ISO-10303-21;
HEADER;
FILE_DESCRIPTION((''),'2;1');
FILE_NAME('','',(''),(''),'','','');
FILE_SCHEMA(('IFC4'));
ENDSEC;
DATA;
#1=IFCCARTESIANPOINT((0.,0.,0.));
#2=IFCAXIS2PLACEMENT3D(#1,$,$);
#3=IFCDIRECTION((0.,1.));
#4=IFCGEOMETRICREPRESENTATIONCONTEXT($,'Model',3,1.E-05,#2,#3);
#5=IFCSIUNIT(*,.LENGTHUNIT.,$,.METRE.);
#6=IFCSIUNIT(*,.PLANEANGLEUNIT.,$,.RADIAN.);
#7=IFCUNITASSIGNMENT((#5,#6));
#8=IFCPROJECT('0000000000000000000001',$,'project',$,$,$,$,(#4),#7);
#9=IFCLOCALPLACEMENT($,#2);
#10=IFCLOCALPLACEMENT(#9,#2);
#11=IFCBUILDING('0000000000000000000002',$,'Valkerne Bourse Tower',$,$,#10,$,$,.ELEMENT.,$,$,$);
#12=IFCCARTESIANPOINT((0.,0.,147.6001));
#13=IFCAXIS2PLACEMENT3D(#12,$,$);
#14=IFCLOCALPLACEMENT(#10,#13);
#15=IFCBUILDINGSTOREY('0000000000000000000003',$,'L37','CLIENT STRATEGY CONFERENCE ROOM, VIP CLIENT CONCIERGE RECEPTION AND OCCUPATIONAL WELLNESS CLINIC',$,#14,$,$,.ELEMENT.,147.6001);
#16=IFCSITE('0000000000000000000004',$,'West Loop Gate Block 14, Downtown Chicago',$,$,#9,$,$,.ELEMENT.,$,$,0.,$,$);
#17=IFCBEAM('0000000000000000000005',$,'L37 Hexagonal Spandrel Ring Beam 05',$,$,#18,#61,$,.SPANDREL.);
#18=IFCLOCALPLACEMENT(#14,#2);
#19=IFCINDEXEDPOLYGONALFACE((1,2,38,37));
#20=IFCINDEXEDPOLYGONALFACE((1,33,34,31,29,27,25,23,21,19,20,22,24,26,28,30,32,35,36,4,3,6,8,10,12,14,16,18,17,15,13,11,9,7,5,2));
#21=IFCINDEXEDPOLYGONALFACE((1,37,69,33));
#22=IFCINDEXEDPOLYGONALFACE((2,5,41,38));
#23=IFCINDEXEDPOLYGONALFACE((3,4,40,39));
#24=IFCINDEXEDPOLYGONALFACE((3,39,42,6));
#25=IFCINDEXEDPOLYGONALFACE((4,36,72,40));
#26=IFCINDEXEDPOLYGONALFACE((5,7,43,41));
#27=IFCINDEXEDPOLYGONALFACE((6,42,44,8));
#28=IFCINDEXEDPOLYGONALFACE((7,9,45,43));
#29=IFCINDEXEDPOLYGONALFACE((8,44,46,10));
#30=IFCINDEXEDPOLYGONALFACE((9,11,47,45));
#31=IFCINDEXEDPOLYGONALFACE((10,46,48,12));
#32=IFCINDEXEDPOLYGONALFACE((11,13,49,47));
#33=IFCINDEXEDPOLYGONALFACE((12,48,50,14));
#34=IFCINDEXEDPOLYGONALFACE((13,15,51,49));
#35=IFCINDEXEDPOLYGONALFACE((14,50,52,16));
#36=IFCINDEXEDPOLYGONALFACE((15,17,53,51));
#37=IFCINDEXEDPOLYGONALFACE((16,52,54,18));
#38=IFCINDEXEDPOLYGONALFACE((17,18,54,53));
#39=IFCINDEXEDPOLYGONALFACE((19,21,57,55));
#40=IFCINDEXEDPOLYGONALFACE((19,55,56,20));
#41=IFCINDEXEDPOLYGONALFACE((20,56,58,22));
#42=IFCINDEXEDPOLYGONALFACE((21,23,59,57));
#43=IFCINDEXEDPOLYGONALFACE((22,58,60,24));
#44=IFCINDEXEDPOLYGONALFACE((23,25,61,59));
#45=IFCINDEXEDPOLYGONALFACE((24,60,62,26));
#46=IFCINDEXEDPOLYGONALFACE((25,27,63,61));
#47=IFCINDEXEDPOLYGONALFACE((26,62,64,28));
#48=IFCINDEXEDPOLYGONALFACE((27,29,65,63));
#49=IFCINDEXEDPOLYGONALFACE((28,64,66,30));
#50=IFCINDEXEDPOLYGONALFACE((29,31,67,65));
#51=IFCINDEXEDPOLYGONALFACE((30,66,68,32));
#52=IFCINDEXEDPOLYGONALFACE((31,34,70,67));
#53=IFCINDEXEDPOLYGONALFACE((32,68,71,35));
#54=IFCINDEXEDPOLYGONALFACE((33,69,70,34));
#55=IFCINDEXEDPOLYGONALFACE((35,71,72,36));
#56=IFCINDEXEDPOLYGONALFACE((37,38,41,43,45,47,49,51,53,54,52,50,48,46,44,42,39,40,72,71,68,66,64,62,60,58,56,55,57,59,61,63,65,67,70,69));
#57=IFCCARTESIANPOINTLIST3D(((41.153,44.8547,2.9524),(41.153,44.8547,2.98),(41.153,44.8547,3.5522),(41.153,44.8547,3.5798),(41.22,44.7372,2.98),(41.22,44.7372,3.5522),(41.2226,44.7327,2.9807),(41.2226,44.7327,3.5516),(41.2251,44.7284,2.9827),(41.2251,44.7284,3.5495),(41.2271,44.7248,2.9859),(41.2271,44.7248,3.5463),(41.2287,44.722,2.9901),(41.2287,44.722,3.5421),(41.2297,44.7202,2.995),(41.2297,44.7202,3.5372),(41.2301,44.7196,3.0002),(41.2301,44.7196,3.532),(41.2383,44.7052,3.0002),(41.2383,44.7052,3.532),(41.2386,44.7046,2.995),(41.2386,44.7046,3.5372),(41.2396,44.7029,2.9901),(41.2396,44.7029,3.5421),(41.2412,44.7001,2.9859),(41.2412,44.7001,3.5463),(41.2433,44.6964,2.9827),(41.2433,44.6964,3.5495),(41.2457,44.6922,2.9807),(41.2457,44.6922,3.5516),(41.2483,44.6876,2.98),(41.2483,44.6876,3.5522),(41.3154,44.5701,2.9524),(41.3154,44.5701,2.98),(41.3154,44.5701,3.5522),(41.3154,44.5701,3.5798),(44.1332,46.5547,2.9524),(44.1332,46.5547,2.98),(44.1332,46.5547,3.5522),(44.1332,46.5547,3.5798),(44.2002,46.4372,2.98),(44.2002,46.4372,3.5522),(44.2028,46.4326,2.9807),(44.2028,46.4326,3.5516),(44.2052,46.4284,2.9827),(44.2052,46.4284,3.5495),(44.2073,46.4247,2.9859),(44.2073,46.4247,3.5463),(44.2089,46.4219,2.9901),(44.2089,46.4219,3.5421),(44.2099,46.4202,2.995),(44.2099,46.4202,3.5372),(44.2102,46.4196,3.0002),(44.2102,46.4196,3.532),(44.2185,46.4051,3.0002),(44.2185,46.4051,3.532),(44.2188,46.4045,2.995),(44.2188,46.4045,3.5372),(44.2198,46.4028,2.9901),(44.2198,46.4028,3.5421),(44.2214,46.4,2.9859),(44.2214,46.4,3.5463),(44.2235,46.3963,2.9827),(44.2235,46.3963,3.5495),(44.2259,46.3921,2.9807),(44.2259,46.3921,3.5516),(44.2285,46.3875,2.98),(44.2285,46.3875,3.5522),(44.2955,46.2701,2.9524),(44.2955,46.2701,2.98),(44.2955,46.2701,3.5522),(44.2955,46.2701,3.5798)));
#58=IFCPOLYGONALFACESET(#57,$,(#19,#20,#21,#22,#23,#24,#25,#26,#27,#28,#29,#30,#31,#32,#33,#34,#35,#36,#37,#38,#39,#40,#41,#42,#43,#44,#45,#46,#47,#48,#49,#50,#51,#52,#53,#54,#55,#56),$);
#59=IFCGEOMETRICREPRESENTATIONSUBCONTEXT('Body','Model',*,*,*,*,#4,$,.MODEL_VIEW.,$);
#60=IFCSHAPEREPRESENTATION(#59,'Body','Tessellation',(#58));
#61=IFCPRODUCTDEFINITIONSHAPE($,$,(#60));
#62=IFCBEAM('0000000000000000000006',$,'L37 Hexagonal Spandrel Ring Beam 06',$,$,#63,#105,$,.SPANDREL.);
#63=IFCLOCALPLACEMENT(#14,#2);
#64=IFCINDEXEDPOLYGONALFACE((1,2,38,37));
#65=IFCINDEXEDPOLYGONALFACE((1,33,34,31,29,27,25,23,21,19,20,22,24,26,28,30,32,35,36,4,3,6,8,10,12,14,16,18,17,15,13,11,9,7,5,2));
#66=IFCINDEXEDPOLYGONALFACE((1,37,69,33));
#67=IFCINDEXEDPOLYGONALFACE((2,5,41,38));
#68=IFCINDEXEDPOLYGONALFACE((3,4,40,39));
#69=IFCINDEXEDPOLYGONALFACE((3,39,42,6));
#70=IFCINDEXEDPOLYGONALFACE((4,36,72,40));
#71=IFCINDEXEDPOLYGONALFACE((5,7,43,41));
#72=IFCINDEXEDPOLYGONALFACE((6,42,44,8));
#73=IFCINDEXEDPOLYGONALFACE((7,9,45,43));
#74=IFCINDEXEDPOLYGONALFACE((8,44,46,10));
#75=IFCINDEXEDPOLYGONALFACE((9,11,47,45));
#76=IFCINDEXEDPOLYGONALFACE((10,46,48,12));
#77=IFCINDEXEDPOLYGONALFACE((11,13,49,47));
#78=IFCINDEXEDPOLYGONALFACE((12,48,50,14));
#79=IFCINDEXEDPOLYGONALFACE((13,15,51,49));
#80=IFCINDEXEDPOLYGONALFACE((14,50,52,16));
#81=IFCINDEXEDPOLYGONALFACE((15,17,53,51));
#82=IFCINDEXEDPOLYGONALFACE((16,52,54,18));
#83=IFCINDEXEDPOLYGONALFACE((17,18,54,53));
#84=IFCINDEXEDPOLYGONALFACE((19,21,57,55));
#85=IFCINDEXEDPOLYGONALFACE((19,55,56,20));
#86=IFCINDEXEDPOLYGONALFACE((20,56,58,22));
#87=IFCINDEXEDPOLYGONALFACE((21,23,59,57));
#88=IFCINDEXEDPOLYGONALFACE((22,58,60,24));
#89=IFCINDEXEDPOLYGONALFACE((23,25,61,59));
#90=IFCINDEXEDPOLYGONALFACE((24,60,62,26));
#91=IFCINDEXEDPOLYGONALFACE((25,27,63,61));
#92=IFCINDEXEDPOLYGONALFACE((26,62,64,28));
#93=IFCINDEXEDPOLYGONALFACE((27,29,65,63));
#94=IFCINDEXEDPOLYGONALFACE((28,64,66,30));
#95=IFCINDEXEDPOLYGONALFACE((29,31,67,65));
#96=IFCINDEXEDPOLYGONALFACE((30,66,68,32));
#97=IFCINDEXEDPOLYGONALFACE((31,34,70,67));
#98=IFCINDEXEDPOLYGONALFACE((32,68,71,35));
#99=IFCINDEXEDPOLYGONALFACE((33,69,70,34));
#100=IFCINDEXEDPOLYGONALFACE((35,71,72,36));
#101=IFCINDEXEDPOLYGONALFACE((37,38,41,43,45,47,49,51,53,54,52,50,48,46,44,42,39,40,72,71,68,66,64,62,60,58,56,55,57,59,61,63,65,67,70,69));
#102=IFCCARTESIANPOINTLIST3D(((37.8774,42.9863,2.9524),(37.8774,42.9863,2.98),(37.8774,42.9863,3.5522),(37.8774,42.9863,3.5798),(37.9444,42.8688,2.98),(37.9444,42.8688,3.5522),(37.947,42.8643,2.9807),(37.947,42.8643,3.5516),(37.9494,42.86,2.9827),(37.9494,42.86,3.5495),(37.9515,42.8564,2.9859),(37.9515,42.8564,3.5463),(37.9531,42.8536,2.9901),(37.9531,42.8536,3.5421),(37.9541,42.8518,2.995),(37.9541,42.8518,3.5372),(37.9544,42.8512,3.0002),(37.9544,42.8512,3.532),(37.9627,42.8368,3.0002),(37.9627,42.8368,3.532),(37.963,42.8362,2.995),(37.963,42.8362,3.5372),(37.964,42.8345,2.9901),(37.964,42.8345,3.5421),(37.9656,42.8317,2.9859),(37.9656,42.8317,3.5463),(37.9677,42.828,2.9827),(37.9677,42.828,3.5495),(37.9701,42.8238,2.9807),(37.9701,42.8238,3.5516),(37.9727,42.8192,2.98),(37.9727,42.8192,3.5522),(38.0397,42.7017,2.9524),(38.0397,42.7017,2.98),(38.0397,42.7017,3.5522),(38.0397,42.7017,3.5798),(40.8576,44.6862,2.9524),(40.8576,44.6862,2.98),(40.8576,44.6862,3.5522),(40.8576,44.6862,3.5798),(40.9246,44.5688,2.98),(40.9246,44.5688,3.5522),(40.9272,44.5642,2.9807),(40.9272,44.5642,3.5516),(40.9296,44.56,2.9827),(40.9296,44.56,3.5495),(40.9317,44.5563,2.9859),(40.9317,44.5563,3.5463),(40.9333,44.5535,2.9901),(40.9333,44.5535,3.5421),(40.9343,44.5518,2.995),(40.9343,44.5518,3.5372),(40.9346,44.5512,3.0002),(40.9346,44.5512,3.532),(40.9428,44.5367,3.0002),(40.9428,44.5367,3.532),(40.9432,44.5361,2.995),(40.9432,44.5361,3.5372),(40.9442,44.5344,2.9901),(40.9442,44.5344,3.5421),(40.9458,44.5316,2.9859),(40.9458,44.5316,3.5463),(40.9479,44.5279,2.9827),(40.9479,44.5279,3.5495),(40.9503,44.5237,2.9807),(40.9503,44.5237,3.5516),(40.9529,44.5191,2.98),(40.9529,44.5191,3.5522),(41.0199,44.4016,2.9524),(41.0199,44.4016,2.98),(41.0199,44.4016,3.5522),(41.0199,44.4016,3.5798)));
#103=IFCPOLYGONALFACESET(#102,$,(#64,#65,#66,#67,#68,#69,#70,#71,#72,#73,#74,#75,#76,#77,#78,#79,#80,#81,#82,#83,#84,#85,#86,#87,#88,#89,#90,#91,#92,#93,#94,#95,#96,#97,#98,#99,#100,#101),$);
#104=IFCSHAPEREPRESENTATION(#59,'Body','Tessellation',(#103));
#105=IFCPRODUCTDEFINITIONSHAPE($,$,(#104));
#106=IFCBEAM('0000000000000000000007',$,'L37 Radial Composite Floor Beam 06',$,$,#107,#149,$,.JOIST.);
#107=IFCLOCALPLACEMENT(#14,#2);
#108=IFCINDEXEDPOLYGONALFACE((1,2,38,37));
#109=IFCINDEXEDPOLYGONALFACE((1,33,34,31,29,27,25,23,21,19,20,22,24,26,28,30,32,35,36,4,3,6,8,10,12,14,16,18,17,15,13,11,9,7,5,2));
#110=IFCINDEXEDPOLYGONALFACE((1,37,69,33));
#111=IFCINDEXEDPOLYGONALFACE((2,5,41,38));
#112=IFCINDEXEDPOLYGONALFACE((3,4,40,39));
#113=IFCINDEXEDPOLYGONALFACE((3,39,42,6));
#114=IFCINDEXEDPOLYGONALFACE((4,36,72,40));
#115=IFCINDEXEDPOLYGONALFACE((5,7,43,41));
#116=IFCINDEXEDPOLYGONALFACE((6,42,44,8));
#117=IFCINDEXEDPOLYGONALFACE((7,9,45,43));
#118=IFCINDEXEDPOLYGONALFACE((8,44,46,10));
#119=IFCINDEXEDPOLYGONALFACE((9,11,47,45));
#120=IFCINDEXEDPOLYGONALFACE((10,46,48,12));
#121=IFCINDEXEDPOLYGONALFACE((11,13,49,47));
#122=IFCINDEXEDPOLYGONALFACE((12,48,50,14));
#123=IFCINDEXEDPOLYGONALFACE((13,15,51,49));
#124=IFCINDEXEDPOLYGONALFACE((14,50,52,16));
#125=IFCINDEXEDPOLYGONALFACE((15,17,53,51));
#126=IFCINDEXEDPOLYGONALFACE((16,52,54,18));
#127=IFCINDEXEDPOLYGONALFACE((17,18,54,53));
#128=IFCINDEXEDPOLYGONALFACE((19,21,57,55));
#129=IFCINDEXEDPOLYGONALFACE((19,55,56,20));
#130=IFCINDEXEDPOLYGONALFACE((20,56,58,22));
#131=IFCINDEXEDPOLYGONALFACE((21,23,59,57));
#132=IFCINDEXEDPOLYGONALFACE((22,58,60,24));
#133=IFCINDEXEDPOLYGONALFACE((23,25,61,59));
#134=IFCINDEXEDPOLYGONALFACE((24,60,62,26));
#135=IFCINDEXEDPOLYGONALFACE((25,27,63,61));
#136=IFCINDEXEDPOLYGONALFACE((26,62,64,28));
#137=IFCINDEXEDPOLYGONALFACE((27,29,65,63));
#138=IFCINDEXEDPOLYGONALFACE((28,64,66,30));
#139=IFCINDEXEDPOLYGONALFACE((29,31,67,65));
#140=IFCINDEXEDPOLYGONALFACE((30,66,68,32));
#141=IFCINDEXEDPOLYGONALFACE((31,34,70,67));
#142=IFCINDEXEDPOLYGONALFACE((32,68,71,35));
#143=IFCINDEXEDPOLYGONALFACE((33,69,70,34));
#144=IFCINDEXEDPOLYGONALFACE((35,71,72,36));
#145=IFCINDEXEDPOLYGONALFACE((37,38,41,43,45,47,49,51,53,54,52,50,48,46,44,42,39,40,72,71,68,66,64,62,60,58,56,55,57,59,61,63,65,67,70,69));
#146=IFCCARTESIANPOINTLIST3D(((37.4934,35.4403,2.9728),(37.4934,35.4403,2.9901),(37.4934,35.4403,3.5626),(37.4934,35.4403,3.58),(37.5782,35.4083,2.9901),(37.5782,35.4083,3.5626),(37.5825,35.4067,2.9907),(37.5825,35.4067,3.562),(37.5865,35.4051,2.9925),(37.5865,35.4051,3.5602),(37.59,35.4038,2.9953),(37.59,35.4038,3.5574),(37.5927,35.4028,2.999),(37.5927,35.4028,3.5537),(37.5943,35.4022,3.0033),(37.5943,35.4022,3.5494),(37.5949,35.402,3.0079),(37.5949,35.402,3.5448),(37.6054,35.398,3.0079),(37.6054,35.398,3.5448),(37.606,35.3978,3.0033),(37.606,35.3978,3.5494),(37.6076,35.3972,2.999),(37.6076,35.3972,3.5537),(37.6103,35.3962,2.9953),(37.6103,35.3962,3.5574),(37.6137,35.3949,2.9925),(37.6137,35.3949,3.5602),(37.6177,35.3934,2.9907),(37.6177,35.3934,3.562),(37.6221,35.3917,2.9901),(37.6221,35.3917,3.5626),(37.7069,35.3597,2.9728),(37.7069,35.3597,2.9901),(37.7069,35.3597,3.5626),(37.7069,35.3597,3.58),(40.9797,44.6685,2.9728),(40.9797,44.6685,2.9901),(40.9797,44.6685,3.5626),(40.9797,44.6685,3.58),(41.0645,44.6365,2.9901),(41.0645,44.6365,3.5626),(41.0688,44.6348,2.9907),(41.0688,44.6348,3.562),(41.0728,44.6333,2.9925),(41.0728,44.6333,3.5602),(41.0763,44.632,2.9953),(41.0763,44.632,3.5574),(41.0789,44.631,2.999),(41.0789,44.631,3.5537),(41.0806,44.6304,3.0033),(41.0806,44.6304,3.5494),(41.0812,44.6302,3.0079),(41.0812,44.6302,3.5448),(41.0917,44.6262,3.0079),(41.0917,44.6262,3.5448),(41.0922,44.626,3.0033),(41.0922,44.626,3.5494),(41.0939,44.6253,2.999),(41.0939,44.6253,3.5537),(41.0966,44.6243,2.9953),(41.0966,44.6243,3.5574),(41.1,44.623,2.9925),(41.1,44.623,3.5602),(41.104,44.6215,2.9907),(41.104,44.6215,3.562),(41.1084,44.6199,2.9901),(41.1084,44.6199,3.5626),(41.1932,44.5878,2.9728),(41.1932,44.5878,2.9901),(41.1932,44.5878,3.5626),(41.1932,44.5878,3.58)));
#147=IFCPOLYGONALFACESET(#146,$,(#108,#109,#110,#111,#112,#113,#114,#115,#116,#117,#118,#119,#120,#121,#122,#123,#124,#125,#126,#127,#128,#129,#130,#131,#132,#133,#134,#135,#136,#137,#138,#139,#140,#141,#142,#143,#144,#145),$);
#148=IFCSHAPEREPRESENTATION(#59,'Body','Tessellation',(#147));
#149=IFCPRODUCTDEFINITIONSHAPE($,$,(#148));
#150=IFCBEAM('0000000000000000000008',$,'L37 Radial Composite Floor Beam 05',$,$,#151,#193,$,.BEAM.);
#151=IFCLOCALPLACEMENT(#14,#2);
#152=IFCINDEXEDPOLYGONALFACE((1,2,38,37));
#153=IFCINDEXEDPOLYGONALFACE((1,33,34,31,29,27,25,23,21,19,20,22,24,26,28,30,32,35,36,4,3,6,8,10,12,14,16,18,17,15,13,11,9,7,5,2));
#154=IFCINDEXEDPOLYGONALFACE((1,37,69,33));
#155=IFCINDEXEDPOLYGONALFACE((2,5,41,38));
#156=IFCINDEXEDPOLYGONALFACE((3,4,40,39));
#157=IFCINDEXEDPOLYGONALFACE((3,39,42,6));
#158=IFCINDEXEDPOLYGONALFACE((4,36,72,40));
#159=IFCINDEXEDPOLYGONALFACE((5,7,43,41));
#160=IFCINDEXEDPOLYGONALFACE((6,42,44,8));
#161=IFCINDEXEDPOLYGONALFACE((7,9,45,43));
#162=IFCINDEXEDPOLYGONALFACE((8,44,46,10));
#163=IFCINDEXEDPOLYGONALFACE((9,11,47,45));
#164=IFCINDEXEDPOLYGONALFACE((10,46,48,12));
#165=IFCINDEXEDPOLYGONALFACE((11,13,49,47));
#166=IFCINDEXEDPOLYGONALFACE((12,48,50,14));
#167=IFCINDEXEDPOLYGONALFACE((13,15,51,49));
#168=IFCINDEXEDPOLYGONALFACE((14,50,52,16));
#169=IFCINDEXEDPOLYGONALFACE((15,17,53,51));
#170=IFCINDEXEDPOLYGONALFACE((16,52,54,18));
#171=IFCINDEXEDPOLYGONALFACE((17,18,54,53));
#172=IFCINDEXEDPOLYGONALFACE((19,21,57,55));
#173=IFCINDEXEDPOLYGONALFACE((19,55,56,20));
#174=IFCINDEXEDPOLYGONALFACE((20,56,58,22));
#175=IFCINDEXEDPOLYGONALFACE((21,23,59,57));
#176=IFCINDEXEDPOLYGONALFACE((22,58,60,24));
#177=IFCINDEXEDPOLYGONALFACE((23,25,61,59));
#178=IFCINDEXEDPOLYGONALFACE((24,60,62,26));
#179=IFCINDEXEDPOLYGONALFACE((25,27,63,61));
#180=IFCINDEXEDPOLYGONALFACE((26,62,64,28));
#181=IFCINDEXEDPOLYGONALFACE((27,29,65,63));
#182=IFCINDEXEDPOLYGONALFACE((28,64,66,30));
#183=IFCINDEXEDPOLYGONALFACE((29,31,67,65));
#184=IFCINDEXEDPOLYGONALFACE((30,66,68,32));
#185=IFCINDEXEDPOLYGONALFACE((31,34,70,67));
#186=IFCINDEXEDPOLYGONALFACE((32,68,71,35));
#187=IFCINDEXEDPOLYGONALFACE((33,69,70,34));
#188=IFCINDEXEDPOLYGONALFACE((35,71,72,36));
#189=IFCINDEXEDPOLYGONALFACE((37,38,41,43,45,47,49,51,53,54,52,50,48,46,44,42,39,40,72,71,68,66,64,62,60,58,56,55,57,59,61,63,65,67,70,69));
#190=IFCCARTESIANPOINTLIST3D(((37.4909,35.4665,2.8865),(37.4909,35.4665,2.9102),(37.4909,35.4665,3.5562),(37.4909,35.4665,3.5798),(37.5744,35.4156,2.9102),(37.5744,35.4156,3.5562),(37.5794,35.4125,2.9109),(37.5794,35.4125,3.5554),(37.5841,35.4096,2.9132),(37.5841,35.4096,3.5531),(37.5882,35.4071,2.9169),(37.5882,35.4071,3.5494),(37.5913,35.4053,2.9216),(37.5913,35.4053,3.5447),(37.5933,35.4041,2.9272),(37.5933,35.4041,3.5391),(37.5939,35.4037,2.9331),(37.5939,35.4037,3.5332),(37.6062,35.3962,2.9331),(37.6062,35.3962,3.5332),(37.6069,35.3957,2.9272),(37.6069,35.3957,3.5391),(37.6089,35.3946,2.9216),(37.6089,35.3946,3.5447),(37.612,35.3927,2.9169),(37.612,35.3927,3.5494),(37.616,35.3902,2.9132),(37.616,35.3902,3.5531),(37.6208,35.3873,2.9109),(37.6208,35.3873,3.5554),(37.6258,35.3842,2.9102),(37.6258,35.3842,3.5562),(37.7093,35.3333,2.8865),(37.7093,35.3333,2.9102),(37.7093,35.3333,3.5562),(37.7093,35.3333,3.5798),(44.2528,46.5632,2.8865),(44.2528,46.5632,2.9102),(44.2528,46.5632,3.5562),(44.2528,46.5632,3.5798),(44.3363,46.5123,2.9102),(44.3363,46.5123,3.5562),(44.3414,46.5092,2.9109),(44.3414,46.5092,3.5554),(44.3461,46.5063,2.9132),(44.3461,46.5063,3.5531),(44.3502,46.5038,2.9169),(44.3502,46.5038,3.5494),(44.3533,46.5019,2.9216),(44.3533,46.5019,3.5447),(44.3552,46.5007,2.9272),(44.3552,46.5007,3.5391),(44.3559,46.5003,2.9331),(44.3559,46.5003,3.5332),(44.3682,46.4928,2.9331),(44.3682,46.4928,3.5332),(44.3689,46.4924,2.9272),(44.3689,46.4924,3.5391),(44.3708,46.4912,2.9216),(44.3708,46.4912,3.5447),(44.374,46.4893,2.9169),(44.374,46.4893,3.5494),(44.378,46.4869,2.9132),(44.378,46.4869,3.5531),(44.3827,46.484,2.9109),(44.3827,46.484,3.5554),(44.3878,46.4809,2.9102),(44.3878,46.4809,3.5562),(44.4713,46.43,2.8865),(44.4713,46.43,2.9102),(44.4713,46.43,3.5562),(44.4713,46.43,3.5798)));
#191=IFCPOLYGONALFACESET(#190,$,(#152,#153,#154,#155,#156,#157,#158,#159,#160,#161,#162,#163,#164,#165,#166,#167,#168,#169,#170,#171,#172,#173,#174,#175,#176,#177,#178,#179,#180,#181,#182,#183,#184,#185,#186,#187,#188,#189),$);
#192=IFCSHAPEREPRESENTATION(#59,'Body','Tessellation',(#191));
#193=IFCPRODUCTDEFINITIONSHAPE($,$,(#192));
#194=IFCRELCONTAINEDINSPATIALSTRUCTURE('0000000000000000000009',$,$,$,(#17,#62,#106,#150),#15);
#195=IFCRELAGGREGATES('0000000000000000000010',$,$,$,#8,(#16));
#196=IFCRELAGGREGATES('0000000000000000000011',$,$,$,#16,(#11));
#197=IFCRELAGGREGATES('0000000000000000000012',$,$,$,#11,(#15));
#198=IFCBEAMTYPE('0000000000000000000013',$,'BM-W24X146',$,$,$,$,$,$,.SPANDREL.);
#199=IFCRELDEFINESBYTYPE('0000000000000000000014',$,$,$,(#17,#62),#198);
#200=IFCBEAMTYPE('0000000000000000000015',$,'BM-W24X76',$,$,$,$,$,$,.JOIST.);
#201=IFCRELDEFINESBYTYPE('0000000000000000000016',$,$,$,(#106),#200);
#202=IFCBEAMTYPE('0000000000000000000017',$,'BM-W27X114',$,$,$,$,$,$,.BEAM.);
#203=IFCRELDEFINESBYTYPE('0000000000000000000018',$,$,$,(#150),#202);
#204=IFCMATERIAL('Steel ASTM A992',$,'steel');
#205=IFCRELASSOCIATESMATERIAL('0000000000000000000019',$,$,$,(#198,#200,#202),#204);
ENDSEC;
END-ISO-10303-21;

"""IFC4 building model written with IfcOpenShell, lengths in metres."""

from ifc_helpers import new_model, si_unit, direction, frame, origin, origin_2d, place, context, subcontext, project, spatial, i_section, extrude, material, material_profile, profile_set, type_object, element, save


model = new_model("IFC4")

# Units and contexts
model_context = context("Model", 3, precision=1e-05, world=origin(), true_north=direction((0.0, 1.0)))
body_context = subcontext(model_context, "Body", "Model", "MODEL_VIEW")
ifc_project = project(units=[si_unit("LENGTHUNIT", "METRE"), si_unit("PLANEANGLEUNIT", "RADIAN")], contexts=[model_context])

# Site, building, storey
site_placement = place(None, origin())
site = spatial("IfcSite", under=ifc_project, at=site_placement, Name="West Loop Gate Block 14, Downtown Chicago", CompositionType="ELEMENT", RefElevation=0.0)
building_placement = place(site_placement, origin())
building = spatial("IfcBuilding", under=site, at=building_placement, Name="Valkerne Bourse Tower", CompositionType="ELEMENT")
storey_placement = place(building_placement, frame((0.0, 0.0, 147.6001)))
storey = spatial("IfcBuildingStorey", under=building, at=storey_placement, Name="L37", Description="CLIENT STRATEGY CONFERENCE ROOM, VIP CLIENT CONCIERGE RECEPTION AND OCCUPATIONAL WELLNESS CLINIC", CompositionType="ELEMENT", Elevation=147.6001)

# Beams
ifc_material_1 = material(Name="Steel ASTM A992", Category="steel")
ifc_material_profile_1 = material_profile(ifc_material_1, i_section(OverallWidth=0.3276, OverallDepth=0.6274, WebThickness=0.0166, FlangeThickness=0.0276, FilletRadius=0.0203, at=origin_2d()), Name="W24X146")
ifc_profile_set_1 = profile_set([ifc_material_profile_1], Name="Steel ASTM A992")
beam_type_1 = type_object("IfcBeamType", Name="BM-W24X146", PredefinedType="SPANDREL", material=ifc_profile_set_1)
for number, where, z_axis, x_axis, name in (
    (1, (44.2144, 46.4124, 3.2661), (-0.868624, -0.495472, 0.0), (0.495472, -0.868624, 0.0), "L37 Hexagonal Spandrel Ring Beam 05"),
    (2, (40.9387, 44.5439, 3.2661), (-0.868624, -0.495472, 0.0), (0.495472, -0.868624, 0.0), "L37 Hexagonal Spandrel Ring Beam 06"),
):
    element("IfcBeam", number, at=place(storey_placement, frame(where, z_axis=z_axis, x_axis=x_axis)), inside=storey, type_object=beam_type_1, Name=name, PredefinedType="SPANDREL", context=body_context, shape_type="SweptSolid", body=[
        extrude(i_section(OverallWidth=0.3276, OverallDepth=0.6274, WebThickness=0.0166, FlangeThickness=0.0276, FilletRadius=0.0203, at=origin_2d()), origin(), (0.0, 0.0, 1.0), 3.4309),
    ])
ifc_material_profile_2 = material_profile(ifc_material_1, i_section(OverallWidth=0.2283, OverallDepth=0.6072, WebThickness=0.0112, FlangeThickness=0.0173, FilletRadius=0.0178, at=origin_2d()), Name="W24X76")
ifc_profile_set_2 = profile_set([ifc_material_profile_2], Name="Steel ASTM A992")
beam_type_2 = type_object("IfcBeamType", Name="BM-W24X76", PredefinedType="JOIST", material=ifc_profile_set_2)
beam_1_placement = place(storey_placement, frame((41.0864, 44.6282, 3.2764), z_axis=(-0.353409, -0.935469, 0.0), x_axis=(0.935469, -0.353409, 0.0)))
element("IfcBeam", 3, at=beam_1_placement, inside=storey, type_object=beam_type_2, Name="L37 Radial Composite Floor Beam 06", PredefinedType="JOIST", context=body_context, shape_type="SweptSolid", body=[
    extrude(i_section(OverallWidth=0.2283, OverallDepth=0.6072, WebThickness=0.0112, FlangeThickness=0.0173, FilletRadius=0.0178, at=origin_2d()), origin(), (0.0, 0.0, 1.0), 9.8647),
])
ifc_material_profile_3 = material_profile(ifc_material_1, i_section(OverallWidth=0.2559, OverallDepth=0.6934, WebThickness=0.0144, FlangeThickness=0.0237, FilletRadius=0.0229, at=origin_2d()), Name="W27X114")
ifc_profile_set_3 = profile_set([ifc_material_profile_3], Name="Steel ASTM A992")
beam_type_3 = type_object("IfcBeamType", Name="BM-W27X114", PredefinedType="BEAM", material=ifc_profile_set_3)
beam_2_placement = place(storey_placement, frame((44.3621, 46.4966, 3.2332), z_axis=(-0.520366, -0.853943, 0.0), x_axis=(0.853943, -0.520366, 0.0)))
element("IfcBeam", 4, at=beam_2_placement, inside=storey, type_object=beam_type_3, Name="L37 Radial Composite Floor Beam 05", PredefinedType="BEAM", context=body_context, shape_type="SweptSolid", body=[
    extrude(i_section(OverallWidth=0.2559, OverallDepth=0.6934, WebThickness=0.0144, FlangeThickness=0.0237, FilletRadius=0.0229, at=origin_2d()), origin(), (0.0, 0.0, 1.0), 12.9946),
])

save(model, "model.ifc")
